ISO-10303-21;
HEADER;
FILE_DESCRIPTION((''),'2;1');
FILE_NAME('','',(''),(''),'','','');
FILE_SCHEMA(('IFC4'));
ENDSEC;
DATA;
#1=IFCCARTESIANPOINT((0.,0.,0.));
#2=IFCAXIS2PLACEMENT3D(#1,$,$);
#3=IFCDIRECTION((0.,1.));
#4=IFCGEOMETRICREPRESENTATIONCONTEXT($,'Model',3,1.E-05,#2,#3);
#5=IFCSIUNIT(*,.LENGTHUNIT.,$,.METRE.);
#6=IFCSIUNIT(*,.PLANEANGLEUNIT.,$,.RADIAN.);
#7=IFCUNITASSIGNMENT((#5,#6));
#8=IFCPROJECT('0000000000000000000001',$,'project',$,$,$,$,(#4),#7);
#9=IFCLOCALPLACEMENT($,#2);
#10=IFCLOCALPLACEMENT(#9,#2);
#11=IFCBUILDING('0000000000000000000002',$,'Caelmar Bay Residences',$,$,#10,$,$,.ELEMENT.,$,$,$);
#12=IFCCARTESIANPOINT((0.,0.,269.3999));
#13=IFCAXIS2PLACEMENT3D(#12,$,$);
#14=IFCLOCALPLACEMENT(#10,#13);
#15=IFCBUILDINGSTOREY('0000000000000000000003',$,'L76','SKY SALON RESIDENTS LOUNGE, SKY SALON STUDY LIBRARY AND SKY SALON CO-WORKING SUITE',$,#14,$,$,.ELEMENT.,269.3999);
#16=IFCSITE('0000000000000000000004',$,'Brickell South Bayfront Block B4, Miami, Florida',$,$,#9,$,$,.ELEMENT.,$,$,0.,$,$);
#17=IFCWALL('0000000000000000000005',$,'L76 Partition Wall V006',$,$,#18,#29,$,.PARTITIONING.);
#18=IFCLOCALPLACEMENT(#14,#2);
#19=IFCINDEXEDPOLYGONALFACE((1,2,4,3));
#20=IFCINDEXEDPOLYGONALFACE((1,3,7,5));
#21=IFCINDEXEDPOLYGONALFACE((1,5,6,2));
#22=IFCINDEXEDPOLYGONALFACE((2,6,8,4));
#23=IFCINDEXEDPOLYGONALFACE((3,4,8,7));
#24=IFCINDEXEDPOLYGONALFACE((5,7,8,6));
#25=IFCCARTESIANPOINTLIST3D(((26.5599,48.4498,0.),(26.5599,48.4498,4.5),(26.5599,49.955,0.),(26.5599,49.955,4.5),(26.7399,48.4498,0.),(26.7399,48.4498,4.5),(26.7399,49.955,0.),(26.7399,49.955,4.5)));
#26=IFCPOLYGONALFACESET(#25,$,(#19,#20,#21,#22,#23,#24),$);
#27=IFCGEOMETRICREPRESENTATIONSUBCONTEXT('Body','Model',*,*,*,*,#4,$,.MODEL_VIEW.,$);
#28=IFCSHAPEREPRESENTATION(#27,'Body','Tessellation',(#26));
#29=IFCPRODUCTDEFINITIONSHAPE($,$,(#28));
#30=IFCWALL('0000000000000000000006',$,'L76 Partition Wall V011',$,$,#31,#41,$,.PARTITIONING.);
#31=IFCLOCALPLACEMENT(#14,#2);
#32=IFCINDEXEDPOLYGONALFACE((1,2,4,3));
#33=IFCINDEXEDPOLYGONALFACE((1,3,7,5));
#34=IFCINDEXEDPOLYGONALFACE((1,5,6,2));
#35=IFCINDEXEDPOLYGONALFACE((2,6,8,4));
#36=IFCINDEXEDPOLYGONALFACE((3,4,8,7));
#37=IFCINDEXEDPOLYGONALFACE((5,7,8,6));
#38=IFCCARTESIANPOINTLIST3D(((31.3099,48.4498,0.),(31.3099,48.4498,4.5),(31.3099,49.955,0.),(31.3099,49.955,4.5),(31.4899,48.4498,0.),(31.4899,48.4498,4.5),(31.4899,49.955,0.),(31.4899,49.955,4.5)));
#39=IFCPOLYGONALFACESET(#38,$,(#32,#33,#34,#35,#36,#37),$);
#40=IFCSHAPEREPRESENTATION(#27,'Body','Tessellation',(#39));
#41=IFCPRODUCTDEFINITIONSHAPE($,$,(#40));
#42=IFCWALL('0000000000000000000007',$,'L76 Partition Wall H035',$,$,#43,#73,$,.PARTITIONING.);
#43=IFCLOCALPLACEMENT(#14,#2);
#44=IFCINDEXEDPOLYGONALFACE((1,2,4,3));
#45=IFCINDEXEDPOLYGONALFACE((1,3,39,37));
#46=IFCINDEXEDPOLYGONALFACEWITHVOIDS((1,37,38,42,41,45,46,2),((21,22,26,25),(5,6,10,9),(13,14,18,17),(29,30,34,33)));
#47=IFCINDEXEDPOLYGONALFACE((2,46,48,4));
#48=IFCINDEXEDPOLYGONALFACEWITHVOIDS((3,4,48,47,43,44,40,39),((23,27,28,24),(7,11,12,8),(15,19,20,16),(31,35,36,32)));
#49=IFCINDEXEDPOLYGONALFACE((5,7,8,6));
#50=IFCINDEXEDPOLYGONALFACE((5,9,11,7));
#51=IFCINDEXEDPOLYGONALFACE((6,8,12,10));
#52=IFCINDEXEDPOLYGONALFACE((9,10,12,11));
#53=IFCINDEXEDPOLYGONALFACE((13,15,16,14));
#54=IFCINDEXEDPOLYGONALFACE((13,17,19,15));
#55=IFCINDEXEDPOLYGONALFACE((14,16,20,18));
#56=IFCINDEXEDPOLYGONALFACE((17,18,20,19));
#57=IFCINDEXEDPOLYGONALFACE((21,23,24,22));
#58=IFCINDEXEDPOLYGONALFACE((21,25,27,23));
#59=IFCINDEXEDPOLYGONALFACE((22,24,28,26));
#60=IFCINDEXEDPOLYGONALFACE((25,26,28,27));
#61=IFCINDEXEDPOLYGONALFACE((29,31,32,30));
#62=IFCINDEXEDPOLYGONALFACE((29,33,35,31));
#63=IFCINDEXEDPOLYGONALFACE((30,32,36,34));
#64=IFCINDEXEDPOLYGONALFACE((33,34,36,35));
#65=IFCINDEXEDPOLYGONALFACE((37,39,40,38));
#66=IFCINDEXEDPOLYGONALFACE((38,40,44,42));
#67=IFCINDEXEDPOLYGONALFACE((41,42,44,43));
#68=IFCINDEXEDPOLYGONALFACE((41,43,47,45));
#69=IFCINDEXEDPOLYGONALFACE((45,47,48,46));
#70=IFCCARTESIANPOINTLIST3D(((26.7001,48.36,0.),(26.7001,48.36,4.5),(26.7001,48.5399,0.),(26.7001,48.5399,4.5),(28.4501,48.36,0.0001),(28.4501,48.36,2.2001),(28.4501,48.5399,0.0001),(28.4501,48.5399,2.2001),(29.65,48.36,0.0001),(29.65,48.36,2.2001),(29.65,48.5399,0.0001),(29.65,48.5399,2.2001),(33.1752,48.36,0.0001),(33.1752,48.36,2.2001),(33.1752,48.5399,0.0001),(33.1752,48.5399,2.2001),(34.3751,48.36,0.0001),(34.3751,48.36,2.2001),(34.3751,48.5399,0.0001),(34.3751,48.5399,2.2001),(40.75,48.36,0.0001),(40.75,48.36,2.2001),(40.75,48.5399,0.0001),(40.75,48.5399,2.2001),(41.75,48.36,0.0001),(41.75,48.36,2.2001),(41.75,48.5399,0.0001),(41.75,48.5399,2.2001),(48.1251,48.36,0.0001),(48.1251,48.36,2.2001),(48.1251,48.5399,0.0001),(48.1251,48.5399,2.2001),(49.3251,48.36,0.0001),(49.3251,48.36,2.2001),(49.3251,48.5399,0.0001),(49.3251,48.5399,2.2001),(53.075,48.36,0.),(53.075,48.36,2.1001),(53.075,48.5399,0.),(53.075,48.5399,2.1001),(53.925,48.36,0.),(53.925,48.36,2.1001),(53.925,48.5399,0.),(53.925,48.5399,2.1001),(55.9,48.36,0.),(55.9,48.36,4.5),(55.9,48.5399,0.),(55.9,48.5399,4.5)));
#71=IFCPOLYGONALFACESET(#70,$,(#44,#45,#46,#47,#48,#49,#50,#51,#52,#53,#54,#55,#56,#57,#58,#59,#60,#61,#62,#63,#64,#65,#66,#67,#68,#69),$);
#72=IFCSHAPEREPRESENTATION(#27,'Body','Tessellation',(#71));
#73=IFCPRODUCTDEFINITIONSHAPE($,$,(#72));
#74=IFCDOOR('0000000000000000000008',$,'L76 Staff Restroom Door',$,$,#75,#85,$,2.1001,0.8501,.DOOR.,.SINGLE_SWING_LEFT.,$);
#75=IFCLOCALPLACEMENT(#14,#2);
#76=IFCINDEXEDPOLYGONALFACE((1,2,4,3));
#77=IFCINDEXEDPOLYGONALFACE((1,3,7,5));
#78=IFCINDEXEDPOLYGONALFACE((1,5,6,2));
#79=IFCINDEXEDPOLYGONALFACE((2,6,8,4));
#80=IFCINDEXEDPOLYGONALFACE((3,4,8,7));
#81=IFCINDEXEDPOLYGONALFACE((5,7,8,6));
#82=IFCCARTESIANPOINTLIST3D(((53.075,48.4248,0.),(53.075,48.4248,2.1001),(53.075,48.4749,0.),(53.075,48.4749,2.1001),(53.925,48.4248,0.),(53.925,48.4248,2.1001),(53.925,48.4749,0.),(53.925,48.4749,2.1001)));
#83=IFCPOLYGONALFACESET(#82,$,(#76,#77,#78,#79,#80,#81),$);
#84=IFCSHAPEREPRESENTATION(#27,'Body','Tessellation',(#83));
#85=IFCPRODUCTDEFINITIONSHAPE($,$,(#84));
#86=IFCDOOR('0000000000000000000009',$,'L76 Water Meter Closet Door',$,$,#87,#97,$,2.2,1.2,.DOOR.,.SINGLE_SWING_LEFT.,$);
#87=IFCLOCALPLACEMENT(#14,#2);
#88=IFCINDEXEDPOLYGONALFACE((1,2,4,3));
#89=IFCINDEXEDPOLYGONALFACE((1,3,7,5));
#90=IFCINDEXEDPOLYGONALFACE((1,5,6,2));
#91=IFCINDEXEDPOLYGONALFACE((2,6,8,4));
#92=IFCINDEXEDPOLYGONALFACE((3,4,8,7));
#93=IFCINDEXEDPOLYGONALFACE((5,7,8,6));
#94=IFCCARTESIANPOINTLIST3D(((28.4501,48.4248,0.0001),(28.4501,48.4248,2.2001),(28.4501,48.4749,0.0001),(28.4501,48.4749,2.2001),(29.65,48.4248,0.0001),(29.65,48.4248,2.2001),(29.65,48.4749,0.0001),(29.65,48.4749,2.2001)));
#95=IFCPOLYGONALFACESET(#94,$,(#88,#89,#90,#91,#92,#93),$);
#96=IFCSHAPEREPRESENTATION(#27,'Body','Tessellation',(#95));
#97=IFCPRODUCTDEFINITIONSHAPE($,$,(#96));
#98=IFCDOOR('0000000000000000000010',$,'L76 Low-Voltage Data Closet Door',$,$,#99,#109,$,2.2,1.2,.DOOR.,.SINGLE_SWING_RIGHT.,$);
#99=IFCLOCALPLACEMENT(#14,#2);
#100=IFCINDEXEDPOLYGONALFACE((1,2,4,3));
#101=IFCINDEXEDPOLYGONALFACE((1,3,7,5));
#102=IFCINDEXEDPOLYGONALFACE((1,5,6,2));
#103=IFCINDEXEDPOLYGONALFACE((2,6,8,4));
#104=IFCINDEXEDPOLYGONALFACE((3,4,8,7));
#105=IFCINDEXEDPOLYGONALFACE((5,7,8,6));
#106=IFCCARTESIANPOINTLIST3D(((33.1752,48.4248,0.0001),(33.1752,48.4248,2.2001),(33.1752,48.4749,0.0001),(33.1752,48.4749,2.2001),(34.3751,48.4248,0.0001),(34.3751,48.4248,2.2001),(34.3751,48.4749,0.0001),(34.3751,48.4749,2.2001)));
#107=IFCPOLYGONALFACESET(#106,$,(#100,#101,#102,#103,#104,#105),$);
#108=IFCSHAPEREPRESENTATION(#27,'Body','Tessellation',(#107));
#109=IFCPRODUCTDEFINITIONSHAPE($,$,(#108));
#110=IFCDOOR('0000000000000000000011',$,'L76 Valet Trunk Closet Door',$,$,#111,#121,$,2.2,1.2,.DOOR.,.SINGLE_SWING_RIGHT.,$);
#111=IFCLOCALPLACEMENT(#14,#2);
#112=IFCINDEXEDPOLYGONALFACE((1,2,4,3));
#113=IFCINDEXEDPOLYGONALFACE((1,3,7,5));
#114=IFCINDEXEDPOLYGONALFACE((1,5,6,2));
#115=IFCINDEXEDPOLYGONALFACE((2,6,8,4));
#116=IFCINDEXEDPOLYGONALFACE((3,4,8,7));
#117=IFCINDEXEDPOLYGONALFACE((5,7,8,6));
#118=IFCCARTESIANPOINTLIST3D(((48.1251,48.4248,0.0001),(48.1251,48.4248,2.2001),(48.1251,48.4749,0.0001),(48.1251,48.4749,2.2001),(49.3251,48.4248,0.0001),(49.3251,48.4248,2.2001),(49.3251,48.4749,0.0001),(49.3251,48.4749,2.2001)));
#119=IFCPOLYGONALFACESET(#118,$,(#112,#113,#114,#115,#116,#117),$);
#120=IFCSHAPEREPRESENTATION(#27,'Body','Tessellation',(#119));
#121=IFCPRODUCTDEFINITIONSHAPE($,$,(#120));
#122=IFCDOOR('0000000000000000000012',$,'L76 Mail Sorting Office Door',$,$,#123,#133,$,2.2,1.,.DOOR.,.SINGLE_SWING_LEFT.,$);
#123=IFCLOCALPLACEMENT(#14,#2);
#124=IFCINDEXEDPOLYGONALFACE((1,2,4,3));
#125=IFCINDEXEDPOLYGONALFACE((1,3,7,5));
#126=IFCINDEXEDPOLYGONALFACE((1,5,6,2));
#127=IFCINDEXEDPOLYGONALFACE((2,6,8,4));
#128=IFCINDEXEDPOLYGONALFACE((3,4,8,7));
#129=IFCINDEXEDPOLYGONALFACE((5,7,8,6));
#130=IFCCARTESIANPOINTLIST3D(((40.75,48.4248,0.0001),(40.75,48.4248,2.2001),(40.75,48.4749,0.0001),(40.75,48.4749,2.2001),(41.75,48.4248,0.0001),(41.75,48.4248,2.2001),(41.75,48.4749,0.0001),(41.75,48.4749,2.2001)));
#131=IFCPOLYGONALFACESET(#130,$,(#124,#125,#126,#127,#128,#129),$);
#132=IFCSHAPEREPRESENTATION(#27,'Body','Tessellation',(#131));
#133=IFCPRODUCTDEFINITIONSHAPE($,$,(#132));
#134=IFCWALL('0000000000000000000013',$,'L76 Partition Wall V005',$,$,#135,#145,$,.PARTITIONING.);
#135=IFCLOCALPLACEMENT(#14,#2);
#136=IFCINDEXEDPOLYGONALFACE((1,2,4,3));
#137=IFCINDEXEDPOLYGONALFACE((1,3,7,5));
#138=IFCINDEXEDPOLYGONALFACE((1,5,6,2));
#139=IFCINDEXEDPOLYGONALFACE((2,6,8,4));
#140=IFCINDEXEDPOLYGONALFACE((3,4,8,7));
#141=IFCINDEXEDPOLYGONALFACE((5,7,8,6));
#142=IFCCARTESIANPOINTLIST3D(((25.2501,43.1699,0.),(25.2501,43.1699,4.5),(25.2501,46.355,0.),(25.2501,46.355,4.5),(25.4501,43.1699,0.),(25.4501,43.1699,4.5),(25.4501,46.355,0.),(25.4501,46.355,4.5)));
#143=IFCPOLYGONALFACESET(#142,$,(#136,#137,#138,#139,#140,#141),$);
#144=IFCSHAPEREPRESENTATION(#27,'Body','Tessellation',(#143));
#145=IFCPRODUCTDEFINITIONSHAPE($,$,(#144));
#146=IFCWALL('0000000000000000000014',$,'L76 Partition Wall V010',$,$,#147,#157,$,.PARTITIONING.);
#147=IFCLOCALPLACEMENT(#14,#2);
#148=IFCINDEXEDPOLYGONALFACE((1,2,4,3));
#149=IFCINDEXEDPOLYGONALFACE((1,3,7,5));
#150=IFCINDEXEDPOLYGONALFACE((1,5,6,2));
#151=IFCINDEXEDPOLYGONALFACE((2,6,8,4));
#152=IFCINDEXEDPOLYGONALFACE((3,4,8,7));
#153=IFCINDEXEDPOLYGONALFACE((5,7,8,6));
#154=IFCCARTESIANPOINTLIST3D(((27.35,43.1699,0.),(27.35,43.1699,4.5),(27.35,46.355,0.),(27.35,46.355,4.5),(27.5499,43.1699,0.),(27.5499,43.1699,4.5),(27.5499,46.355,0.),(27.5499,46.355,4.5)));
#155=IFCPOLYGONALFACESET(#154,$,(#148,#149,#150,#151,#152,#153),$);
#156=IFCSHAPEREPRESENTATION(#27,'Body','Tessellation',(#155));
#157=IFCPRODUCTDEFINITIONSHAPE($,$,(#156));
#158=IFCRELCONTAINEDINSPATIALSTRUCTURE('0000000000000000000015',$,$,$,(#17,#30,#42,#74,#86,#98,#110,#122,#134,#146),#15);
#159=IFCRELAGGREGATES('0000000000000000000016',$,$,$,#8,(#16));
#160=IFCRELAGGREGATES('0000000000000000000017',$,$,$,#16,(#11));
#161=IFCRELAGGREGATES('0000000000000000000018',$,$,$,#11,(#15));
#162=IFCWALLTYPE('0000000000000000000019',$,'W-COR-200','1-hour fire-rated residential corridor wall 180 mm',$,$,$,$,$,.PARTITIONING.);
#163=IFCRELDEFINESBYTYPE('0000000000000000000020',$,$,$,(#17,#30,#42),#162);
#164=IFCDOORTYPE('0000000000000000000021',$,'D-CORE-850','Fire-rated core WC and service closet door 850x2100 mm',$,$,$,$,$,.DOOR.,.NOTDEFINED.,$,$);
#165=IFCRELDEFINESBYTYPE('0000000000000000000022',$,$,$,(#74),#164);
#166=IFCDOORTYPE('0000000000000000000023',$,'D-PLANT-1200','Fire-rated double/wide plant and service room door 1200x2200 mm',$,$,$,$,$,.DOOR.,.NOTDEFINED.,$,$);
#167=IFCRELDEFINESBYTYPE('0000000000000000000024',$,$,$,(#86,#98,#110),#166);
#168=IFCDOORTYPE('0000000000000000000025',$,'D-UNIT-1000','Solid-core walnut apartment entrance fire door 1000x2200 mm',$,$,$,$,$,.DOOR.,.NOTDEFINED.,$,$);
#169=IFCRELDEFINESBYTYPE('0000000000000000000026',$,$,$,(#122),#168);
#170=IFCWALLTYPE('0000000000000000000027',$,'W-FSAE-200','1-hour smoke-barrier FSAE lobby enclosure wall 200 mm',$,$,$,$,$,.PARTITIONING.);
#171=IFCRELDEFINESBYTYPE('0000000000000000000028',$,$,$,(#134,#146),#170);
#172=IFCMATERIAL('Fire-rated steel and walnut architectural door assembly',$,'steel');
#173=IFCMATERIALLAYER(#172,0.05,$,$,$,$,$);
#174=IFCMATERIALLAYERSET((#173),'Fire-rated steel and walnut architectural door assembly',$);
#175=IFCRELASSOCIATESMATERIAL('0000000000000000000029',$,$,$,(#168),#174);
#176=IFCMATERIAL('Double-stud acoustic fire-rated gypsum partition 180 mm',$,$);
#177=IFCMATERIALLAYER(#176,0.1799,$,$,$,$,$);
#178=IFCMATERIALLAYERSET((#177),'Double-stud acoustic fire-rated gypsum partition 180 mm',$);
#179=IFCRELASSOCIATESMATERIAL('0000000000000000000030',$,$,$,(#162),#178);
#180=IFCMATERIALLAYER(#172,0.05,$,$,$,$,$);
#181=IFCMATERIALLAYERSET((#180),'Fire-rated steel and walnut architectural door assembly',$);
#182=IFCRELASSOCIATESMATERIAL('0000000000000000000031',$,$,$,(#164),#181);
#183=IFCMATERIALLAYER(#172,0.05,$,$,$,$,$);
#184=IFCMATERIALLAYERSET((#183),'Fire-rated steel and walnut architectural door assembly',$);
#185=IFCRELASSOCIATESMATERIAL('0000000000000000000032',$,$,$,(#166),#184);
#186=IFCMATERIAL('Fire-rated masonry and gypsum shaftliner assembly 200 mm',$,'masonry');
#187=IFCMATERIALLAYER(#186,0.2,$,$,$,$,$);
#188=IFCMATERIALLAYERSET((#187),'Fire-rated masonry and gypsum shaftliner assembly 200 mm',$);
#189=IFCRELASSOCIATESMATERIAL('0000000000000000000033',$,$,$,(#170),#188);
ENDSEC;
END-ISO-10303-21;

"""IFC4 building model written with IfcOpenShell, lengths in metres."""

from ifc_helpers import new_model, si_unit, direction, frame, frame_2d, origin, place, context, subcontext, project, spatial, rectangle, extrude, material, layer, layer_set, type_object, element, fill, save


model = new_model("IFC4")

# Units and contexts
model_context = context("Model", 3, precision=1e-05, world=origin(), true_north=direction((0.0, 1.0)))
body_context = subcontext(model_context, "Body", "Model", "MODEL_VIEW")
ifc_project = project(units=[si_unit("LENGTHUNIT", "METRE"), si_unit("PLANEANGLEUNIT", "RADIAN")], contexts=[model_context])

# Site, building, storey
site_placement = place(None, origin())
site = spatial("IfcSite", under=ifc_project, at=site_placement, Name="Brickell South Bayfront Block B4, Miami, Florida", CompositionType="ELEMENT", RefElevation=0.0)
building_placement = place(site_placement, origin())
building = spatial("IfcBuilding", under=site, at=building_placement, Name="Caelmar Bay Residences", CompositionType="ELEMENT")
storey_placement = place(building_placement, frame((0.0, 0.0, 269.3999)))
storey = spatial("IfcBuildingStorey", under=building, at=storey_placement, Name="L76", Description="SKY SALON RESIDENTS LOUNGE, SKY SALON STUDY LIBRARY AND SKY SALON CO-WORKING SUITE", CompositionType="ELEMENT", Elevation=269.3999)

# Shared definitions
ifc_material_1 = material(Name="Fire-rated steel and walnut architectural door assembly", Category="steel")
ifc_layer_1 = layer(ifc_material_1, 0.05)
ifc_layer_set_1 = layer_set([ifc_layer_1], Name="Fire-rated steel and walnut architectural door assembly")
door_type_1 = type_object("IfcDoorType", Name="D-UNIT-1000", Description="Solid-core walnut apartment entrance fire door 1000x2200 mm", OperationType="NOTDEFINED", PredefinedType="DOOR", material=ifc_layer_set_1)

# Walls
ifc_material_2 = material(Name="Double-stud acoustic fire-rated gypsum partition 180 mm")
ifc_layer_2 = layer(ifc_material_2, 0.1799)
ifc_layer_set_2 = layer_set([ifc_layer_2], Name="Double-stud acoustic fire-rated gypsum partition 180 mm")
wall_type_1 = type_object("IfcWallType", Name="W-COR-200", Description="1-hour fire-rated residential corridor wall 180 mm", PredefinedType="PARTITIONING", material=ifc_layer_set_2)
for number, where, z_axis, x_axis, name in (
    (1, (26.6499, 48.45, 0.0), (0.0, 0.0, 1.0), (0.0, 1.0, 0.0), "L76 Partition Wall V006"),
    (2, (31.3999, 48.45, 0.0), (0.0, 0.0, 1.0), (0.0, 1.0, 0.0), "L76 Partition Wall V011"),
):
    element("IfcWall", number, at=place(storey_placement, frame(where, z_axis=z_axis, x_axis=x_axis)), inside=storey, type_object=wall_type_1, Name=name, PredefinedType="PARTITIONING", context=body_context, shape_type="SweptSolid", body=[
        extrude(rectangle(XDim=1.5051, YDim=0.1799, at=frame_2d((0.7524, 0.0))), origin(), (0.0, 0.0, 1.0), 4.5),
    ])

# Wall, openings, doors
wall_1_placement = place(storey_placement, frame((26.7, 48.45, 0.0), z_axis=(0.0, 0.0, 1.0), x_axis=(1.0, 0.0, 0.0)))
wall_1 = element("IfcWall", 3, at=wall_1_placement, inside=storey, type_object=wall_type_1, Name="L76 Partition Wall H035", PredefinedType="PARTITIONING", context=body_context, shape_type="SweptSolid", body=[
    extrude(rectangle(XDim=29.2, YDim=0.1799, at=frame_2d((14.6001, 0.0))), origin(), (0.0, 0.0, 1.0), 4.5),
])
opening_1_placement = place(wall_1_placement, frame((1.75, 0.0, 0.0)))
opening_1 = element("IfcOpeningElement", 4, at=opening_1_placement, cuts=wall_1, PredefinedType="OPENING", context=body_context, shape_type="SweptSolid", body=[
    extrude(rectangle(XDim=1.2, YDim=2.2, at=frame_2d((0.6001, 1.1001))), frame((0.0, 0.0999, 0.0), z_axis=(0.0, -1.0, 0.0), x_axis=(1.0, 0.0, 0.0)), (0.0, 0.0, 1.0), 0.2),
])
opening_2_placement = place(wall_1_placement, frame((6.4751, 0.0, 0.0)))
opening_2 = element("IfcOpeningElement", 5, at=opening_2_placement, cuts=wall_1, PredefinedType="OPENING", context=body_context, shape_type="SweptSolid", body=[
    extrude(rectangle(XDim=1.2, YDim=2.2, at=frame_2d((0.6001, 1.1001))), frame((0.0, 0.0999, 0.0), z_axis=(0.0, -1.0, 0.0), x_axis=(1.0, 0.0, 0.0)), (0.0, 0.0, 1.0), 0.2),
])
opening_3_placement = place(wall_1_placement, frame((14.05, 0.0, 0.0)))
opening_3 = element("IfcOpeningElement", 6, at=opening_3_placement, cuts=wall_1, PredefinedType="OPENING", context=body_context, shape_type="SweptSolid", body=[
    extrude(rectangle(XDim=1.0, YDim=2.2, at=frame_2d((0.5, 1.1001))), frame((0.0, 0.0999, 0.0), z_axis=(0.0, -1.0, 0.0), x_axis=(1.0, 0.0, 0.0)), (0.0, 0.0, 1.0), 0.2),
])
opening_4_placement = place(wall_1_placement, frame((21.425, 0.0, 0.0)))
opening_4 = element("IfcOpeningElement", 7, at=opening_4_placement, cuts=wall_1, PredefinedType="OPENING", context=body_context, shape_type="SweptSolid", body=[
    extrude(rectangle(XDim=1.2, YDim=2.2, at=frame_2d((0.6001, 1.1001))), frame((0.0, 0.0999, 0.0), z_axis=(0.0, -1.0, 0.0), x_axis=(1.0, 0.0, 0.0)), (0.0, 0.0, 1.0), 0.2),
])
opening_5_placement = place(wall_1_placement, frame((26.375, 0.0, 0.0)))
opening_5 = element("IfcOpeningElement", 8, at=opening_5_placement, cuts=wall_1, PredefinedType="OPENING", context=body_context, shape_type="SweptSolid", body=[
    extrude(rectangle(XDim=0.8501, YDim=2.1001, at=frame_2d((0.425, 1.05))), frame((0.0, 0.0999, 0.0), z_axis=(0.0, -1.0, 0.0), x_axis=(1.0, 0.0, 0.0)), (0.0, 0.0, 1.0), 0.2),
])
ifc_layer_3 = layer(ifc_material_1, 0.05)
ifc_layer_set_3 = layer_set([ifc_layer_3], Name="Fire-rated steel and walnut architectural door assembly")
door_type_2 = type_object("IfcDoorType", Name="D-CORE-850", Description="Fire-rated core WC and service closet door 850x2100 mm", OperationType="NOTDEFINED", PredefinedType="DOOR", material=ifc_layer_set_3)
door_1_placement = place(opening_5_placement, origin())
door_1 = element("IfcDoor", 9, at=door_1_placement, inside=storey, type_object=door_type_2, Name="L76 Staff Restroom Door", OperationType="SINGLE_SWING_LEFT", OverallHeight=2.1001, OverallWidth=0.8501, PredefinedType="DOOR", context=body_context, shape_type="SweptSolid", body=[
    extrude(rectangle(XDim=0.8501, YDim=2.1001, at=frame_2d((0.425, 1.05))), frame((0.0, 0.0249, 0.0), z_axis=(0.0, -1.0, 0.0), x_axis=(1.0, 0.0, 0.0)), (0.0, 0.0, 1.0), 0.05),
])
fill(opening_5, door_1)
ifc_layer_4 = layer(ifc_material_1, 0.05)
ifc_layer_set_4 = layer_set([ifc_layer_4], Name="Fire-rated steel and walnut architectural door assembly")
door_type_3 = type_object("IfcDoorType", Name="D-PLANT-1200", Description="Fire-rated double/wide plant and service room door 1200x2200 mm", OperationType="NOTDEFINED", PredefinedType="DOOR", material=ifc_layer_set_4)
door_2_placement = place(opening_1_placement, origin())
door_2 = element("IfcDoor", 10, at=door_2_placement, inside=storey, type_object=door_type_3, Name="L76 Water Meter Closet Door", OperationType="SINGLE_SWING_LEFT", OverallHeight=2.2, OverallWidth=1.2, PredefinedType="DOOR", context=body_context, shape_type="SweptSolid", body=[
    extrude(rectangle(XDim=1.2, YDim=2.2, at=frame_2d((0.6001, 1.1001))), frame((0.0, 0.0249, 0.0), z_axis=(0.0, -1.0, 0.0), x_axis=(1.0, 0.0, 0.0)), (0.0, 0.0, 1.0), 0.05),
])
fill(opening_1, door_2)
door_3_placement = place(opening_2_placement, origin())
door_3 = element("IfcDoor", 11, at=door_3_placement, inside=storey, type_object=door_type_3, Name="L76 Low-Voltage Data Closet Door", OperationType="SINGLE_SWING_RIGHT", OverallHeight=2.2, OverallWidth=1.2, PredefinedType="DOOR", context=body_context, shape_type="SweptSolid", body=[
    extrude(rectangle(XDim=1.2, YDim=2.2, at=frame_2d((0.6001, 1.1001))), frame((0.0, 0.0249, 0.0), z_axis=(0.0, -1.0, 0.0), x_axis=(1.0, 0.0, 0.0)), (0.0, 0.0, 1.0), 0.05),
])
fill(opening_2, door_3)
door_4_placement = place(opening_4_placement, origin())
door_4 = element("IfcDoor", 12, at=door_4_placement, inside=storey, type_object=door_type_3, Name="L76 Valet Trunk Closet Door", OperationType="SINGLE_SWING_RIGHT", OverallHeight=2.2, OverallWidth=1.2, PredefinedType="DOOR", context=body_context, shape_type="SweptSolid", body=[
    extrude(rectangle(XDim=1.2, YDim=2.2, at=frame_2d((0.6001, 1.1001))), frame((0.0, 0.0249, 0.0), z_axis=(0.0, -1.0, 0.0), x_axis=(1.0, 0.0, 0.0)), (0.0, 0.0, 1.0), 0.05),
])
fill(opening_4, door_4)
door_5_placement = place(opening_3_placement, origin())
door_5 = element("IfcDoor", 13, at=door_5_placement, inside=storey, type_object=door_type_1, Name="L76 Mail Sorting Office Door", OperationType="SINGLE_SWING_LEFT", OverallHeight=2.2, OverallWidth=1.0, PredefinedType="DOOR", context=body_context, shape_type="SweptSolid", body=[
    extrude(rectangle(XDim=1.0, YDim=2.2, at=frame_2d((0.5, 1.1001))), frame((0.0, 0.0249, 0.0), z_axis=(0.0, -1.0, 0.0), x_axis=(1.0, 0.0, 0.0)), (0.0, 0.0, 1.0), 0.05),
])
fill(opening_3, door_5)

# Walls
ifc_material_3 = material(Name="Fire-rated masonry and gypsum shaftliner assembly 200 mm", Category="masonry")
ifc_layer_5 = layer(ifc_material_3, 0.2)
ifc_layer_set_5 = layer_set([ifc_layer_5], Name="Fire-rated masonry and gypsum shaftliner assembly 200 mm")
wall_type_2 = type_object("IfcWallType", Name="W-FSAE-200", Description="1-hour smoke-barrier FSAE lobby enclosure wall 200 mm", PredefinedType="PARTITIONING", material=ifc_layer_set_5)
for number, where, z_axis, x_axis, name in (
    (14, (25.3501, 43.1699, 0.0), (0.0, 0.0, 1.0), (0.0, 1.0, 0.0), "L76 Partition Wall V005"),
    (15, (27.45, 43.1699, 0.0), (0.0, 0.0, 1.0), (0.0, 1.0, 0.0), "L76 Partition Wall V010"),
):
    element("IfcWall", number, at=place(storey_placement, frame(where, z_axis=z_axis, x_axis=x_axis)), inside=storey, type_object=wall_type_2, Name=name, PredefinedType="PARTITIONING", context=body_context, shape_type="SweptSolid", body=[
        extrude(rectangle(XDim=3.1851, YDim=0.2, at=frame_2d((1.5925, 0.0))), origin(), (0.0, 0.0, 1.0), 4.5),
    ])

save(model, "model.ifc")
